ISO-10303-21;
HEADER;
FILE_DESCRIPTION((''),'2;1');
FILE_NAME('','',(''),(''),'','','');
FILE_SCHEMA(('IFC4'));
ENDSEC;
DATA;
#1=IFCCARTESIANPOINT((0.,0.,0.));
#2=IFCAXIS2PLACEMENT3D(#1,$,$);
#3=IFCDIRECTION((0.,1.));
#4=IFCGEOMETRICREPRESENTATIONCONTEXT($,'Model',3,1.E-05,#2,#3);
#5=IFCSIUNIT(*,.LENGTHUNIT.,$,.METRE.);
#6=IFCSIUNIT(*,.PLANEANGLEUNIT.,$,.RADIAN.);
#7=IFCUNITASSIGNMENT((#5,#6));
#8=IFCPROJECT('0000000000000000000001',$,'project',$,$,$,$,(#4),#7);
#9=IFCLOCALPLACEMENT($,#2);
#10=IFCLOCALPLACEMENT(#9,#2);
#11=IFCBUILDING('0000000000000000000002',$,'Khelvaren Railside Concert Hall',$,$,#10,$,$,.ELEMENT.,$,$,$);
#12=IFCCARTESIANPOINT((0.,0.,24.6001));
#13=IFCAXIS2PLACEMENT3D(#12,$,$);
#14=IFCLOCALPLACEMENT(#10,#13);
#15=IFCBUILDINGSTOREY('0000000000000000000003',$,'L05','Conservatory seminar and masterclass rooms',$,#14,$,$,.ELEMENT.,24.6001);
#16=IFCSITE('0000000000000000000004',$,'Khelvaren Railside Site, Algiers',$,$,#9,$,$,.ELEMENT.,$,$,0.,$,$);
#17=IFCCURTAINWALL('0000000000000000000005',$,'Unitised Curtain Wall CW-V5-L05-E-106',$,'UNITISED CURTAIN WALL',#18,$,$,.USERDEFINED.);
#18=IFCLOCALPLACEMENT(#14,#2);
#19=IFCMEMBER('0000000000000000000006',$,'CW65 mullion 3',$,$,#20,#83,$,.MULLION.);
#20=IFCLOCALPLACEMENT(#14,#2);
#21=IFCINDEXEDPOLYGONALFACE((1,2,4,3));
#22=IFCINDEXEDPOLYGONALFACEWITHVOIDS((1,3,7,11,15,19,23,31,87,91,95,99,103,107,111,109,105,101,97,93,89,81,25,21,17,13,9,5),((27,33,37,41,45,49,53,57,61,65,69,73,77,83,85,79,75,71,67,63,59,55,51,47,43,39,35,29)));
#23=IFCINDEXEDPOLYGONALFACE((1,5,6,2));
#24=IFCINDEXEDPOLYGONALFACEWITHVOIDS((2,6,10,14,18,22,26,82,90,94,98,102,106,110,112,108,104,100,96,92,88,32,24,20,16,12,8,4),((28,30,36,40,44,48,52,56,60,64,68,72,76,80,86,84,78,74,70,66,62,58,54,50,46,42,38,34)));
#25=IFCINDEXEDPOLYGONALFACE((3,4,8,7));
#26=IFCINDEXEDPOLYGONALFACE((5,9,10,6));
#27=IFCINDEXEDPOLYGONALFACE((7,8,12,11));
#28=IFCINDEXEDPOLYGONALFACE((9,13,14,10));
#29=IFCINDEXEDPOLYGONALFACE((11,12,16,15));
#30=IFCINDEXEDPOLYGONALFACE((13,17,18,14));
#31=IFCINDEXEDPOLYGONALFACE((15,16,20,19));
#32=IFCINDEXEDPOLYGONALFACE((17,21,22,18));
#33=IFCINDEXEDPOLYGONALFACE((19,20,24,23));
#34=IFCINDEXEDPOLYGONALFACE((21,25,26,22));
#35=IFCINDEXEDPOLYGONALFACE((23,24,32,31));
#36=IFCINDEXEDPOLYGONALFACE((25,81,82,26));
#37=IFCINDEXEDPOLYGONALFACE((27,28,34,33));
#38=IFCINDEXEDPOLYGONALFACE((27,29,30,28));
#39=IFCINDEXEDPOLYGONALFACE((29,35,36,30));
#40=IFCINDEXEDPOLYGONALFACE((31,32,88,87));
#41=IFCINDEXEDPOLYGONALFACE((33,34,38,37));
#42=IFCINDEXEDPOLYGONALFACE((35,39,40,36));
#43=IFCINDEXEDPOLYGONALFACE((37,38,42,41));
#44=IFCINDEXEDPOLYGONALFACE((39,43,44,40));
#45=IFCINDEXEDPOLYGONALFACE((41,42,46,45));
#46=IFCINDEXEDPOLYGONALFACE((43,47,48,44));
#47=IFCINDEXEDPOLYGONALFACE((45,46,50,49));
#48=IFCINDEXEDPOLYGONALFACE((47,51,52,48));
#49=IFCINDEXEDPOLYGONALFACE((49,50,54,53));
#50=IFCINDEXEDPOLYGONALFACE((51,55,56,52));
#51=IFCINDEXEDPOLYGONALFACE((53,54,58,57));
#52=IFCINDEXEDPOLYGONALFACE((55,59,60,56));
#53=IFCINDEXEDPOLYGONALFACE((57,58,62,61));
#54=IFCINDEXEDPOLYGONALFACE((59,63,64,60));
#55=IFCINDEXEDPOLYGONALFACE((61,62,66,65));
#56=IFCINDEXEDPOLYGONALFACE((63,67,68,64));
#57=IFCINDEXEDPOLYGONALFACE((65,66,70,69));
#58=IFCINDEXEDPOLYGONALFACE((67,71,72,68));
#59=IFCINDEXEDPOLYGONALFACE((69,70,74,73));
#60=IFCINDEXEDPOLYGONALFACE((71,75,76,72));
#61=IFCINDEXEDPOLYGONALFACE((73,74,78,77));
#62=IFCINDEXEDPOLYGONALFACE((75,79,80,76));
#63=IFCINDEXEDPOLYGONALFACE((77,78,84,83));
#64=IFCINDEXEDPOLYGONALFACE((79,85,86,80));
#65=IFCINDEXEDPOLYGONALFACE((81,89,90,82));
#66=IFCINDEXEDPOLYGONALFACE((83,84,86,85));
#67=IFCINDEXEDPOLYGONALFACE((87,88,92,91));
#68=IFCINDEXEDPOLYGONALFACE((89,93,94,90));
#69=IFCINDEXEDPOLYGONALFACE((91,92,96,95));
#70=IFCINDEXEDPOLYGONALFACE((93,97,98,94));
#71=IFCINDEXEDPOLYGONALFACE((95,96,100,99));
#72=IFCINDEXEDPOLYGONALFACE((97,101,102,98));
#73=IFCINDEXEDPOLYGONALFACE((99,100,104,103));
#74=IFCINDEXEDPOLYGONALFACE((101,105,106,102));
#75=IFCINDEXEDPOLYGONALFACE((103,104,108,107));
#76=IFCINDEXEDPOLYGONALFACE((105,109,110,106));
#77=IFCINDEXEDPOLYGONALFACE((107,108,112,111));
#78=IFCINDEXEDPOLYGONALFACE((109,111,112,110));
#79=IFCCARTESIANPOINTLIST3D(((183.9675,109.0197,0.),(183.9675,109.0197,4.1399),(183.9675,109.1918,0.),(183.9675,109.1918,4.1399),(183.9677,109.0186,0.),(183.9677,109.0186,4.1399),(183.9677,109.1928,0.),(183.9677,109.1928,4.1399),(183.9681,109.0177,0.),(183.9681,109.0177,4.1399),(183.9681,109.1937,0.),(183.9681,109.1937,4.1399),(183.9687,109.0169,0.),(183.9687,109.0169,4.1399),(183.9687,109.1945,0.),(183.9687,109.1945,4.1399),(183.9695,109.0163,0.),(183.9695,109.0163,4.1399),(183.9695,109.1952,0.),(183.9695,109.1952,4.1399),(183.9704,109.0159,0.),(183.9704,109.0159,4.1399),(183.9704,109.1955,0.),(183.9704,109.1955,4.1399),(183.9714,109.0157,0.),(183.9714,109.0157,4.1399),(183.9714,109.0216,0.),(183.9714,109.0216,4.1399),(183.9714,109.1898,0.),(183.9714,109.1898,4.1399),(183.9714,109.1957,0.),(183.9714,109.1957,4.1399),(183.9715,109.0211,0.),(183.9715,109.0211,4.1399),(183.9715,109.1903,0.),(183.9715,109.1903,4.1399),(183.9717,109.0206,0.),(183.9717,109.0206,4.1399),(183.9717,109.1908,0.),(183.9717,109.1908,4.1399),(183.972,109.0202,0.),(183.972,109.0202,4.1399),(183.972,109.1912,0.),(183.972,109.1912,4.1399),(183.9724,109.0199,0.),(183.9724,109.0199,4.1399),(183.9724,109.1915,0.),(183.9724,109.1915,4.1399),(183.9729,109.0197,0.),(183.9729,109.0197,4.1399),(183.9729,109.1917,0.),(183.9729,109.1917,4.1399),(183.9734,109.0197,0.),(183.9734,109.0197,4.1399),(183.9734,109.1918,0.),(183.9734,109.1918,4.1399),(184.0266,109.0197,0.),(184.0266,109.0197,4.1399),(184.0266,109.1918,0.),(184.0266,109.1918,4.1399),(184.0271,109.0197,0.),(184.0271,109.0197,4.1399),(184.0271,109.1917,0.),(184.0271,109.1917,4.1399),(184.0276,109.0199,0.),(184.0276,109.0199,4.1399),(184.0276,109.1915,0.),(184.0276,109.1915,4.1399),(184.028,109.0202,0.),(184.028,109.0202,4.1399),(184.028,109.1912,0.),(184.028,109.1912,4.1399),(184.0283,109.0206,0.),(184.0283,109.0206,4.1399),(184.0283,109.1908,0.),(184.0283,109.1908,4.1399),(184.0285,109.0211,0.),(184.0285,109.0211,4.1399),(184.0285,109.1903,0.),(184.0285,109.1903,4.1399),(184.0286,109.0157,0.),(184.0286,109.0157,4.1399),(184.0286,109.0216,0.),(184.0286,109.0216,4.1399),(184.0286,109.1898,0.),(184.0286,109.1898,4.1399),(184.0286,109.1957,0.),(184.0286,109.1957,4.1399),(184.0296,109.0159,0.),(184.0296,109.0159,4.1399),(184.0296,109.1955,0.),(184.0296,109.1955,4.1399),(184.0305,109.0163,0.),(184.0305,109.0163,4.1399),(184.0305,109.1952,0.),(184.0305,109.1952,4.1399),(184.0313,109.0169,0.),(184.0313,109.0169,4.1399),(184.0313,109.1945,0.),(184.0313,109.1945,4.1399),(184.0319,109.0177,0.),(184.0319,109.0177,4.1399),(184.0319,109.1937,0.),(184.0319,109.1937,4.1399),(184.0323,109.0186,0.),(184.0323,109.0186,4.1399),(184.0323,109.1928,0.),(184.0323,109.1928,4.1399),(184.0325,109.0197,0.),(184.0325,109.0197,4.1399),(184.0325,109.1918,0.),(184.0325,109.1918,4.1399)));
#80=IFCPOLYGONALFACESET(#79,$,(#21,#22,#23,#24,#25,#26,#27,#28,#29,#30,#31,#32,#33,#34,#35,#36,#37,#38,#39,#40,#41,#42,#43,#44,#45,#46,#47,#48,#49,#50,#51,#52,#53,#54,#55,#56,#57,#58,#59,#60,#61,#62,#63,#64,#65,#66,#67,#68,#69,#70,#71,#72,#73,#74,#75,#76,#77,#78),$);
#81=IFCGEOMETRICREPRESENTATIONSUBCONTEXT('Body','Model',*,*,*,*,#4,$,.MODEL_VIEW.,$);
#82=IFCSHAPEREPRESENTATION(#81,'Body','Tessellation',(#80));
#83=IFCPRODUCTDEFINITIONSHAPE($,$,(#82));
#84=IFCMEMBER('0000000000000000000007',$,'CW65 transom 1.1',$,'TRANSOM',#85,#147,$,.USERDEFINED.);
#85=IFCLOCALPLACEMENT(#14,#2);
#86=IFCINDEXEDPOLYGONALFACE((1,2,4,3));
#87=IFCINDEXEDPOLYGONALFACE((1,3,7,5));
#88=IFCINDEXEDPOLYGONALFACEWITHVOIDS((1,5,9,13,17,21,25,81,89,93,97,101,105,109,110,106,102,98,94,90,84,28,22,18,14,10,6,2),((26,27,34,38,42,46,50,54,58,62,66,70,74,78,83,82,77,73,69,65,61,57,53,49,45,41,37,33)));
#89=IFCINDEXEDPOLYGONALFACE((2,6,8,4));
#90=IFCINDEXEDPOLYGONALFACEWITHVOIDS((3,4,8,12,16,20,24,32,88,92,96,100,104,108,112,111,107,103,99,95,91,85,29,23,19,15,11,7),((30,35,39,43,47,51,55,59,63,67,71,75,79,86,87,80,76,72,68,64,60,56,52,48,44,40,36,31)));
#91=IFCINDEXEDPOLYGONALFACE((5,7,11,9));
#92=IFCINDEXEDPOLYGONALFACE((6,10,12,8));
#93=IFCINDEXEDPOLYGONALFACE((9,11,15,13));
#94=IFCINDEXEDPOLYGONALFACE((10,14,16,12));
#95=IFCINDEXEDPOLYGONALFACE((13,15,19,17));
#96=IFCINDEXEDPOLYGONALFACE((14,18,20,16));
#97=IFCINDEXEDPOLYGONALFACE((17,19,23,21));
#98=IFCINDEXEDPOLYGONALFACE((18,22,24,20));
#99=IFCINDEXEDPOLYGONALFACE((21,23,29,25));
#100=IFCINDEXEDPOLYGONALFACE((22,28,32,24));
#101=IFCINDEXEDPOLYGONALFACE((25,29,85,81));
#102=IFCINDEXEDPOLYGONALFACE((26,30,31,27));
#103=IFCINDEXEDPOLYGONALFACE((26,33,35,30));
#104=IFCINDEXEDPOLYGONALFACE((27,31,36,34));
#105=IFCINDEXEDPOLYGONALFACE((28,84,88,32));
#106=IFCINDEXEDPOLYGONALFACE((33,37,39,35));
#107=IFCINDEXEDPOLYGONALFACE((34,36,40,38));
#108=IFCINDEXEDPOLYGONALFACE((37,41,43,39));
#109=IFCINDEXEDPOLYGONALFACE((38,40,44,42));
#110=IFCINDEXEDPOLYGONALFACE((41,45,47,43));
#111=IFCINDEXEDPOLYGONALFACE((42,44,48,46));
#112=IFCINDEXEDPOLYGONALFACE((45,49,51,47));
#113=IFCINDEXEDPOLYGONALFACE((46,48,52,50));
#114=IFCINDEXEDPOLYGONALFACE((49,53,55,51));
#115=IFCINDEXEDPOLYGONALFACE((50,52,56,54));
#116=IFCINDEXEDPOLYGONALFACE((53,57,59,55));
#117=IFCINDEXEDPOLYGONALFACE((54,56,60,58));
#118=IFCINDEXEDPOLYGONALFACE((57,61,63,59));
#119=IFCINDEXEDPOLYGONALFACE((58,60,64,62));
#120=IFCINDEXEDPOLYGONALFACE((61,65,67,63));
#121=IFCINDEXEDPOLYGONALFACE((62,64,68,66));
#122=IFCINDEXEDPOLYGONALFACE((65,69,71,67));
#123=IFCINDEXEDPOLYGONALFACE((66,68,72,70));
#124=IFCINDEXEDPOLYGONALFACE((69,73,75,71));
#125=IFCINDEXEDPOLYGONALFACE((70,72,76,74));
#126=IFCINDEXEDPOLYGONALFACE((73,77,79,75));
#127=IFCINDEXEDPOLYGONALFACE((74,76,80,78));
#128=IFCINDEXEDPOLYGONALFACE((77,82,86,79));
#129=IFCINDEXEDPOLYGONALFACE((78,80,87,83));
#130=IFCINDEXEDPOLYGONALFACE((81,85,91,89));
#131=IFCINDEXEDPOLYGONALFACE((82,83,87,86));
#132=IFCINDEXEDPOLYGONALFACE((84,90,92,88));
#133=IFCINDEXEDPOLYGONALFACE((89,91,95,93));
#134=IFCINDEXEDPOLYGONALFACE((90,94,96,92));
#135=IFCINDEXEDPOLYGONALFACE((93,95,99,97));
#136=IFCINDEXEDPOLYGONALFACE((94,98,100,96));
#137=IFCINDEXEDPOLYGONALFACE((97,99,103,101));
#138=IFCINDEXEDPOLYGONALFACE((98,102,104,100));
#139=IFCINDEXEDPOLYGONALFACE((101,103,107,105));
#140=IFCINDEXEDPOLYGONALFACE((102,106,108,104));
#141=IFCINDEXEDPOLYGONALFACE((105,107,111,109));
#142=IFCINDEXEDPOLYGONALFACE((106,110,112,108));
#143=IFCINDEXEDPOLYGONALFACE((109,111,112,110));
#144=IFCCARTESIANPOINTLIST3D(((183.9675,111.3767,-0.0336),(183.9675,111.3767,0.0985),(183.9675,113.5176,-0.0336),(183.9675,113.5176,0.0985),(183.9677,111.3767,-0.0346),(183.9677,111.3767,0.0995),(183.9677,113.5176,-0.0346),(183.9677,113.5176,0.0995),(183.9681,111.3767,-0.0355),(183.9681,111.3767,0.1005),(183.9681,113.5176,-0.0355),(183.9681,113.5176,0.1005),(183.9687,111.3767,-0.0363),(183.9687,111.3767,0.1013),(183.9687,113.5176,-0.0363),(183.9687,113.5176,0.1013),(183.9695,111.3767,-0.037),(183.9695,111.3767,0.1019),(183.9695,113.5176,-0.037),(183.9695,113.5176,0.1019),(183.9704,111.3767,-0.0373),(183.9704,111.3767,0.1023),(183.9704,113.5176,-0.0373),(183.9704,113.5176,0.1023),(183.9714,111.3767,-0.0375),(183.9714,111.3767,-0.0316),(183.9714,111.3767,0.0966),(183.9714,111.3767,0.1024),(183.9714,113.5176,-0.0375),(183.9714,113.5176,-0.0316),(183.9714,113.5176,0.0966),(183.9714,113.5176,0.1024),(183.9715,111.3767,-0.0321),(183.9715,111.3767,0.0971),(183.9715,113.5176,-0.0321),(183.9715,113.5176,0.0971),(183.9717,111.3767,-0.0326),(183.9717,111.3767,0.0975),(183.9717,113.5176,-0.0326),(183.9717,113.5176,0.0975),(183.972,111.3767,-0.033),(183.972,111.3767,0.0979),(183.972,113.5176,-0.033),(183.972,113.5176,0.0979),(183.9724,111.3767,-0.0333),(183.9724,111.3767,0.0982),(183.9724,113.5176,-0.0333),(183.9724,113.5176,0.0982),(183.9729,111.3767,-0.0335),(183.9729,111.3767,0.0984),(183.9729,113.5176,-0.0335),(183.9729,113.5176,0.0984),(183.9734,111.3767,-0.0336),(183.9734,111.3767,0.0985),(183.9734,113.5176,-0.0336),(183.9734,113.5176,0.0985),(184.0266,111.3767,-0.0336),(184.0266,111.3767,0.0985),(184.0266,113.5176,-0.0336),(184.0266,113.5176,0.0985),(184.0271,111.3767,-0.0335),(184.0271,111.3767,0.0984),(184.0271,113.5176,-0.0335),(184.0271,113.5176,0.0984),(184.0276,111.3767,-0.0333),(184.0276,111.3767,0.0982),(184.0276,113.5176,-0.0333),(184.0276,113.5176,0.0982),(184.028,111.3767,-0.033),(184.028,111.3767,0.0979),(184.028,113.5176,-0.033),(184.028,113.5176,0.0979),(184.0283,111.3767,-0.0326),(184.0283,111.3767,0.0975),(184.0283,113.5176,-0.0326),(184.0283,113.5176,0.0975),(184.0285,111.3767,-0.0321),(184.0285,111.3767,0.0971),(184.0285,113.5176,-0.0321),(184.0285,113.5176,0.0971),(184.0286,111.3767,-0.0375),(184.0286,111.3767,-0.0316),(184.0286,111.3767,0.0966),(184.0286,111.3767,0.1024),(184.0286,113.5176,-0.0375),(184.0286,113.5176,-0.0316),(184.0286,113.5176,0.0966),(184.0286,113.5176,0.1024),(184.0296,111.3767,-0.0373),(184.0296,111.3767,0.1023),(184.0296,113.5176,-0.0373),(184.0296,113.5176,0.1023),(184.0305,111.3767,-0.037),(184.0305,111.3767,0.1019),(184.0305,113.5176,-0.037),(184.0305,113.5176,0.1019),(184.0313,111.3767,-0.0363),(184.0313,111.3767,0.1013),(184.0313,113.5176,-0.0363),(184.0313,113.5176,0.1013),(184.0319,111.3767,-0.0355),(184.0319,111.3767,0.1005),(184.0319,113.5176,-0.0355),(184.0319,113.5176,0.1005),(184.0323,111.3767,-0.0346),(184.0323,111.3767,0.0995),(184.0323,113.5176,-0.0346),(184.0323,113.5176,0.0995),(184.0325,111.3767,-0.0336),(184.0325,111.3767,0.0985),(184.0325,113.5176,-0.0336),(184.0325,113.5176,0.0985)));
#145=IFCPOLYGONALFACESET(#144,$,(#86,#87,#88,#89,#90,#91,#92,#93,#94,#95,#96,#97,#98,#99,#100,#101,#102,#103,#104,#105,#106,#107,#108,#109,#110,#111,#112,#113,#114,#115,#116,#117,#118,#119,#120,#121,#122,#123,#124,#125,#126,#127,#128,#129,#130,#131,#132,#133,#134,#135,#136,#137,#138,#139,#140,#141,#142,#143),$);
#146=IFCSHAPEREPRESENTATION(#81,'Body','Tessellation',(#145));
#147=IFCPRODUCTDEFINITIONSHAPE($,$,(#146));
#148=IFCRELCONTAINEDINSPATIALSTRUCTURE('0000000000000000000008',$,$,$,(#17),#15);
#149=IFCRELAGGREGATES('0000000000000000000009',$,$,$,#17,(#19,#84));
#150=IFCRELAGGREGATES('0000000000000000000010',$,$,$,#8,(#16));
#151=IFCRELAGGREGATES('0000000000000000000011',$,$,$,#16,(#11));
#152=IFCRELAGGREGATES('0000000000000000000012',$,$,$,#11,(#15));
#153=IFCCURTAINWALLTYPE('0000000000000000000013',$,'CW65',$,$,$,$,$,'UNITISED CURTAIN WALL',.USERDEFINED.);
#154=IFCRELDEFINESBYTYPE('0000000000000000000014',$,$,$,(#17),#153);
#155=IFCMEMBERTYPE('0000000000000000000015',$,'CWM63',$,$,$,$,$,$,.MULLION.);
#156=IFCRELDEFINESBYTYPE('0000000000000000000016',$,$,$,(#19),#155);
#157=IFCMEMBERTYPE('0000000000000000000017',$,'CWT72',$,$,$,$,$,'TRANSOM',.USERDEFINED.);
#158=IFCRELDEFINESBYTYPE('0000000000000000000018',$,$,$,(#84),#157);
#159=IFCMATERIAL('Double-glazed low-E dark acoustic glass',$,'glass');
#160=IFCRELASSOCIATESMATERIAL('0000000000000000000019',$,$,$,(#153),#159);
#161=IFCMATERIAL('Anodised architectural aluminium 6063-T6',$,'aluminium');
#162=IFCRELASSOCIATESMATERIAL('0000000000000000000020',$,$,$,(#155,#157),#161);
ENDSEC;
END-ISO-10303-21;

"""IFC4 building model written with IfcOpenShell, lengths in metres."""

from ifc_helpers import new_model, si_unit, direction, frame, origin, origin_2d, place, context, subcontext, project, spatial, hollow_rectangle, extrude, material, material_profile, profile_set, type_object, element, aggregate, save


model = new_model("IFC4")

# Units and contexts
model_context = context("Model", 3, precision=1e-05, world=origin(), true_north=direction((0.0, 1.0)))
body_context = subcontext(model_context, "Body", "Model", "MODEL_VIEW")
ifc_project = project(units=[si_unit("LENGTHUNIT", "METRE"), si_unit("PLANEANGLEUNIT", "RADIAN")], contexts=[model_context])

# Site, building, storey
site_placement = place(None, origin())
site = spatial("IfcSite", under=ifc_project, at=site_placement, Name="Khelvaren Railside Site, Algiers", CompositionType="ELEMENT", RefElevation=0.0)
building_placement = place(site_placement, origin())
building = spatial("IfcBuilding", under=site, at=building_placement, Name="Khelvaren Railside Concert Hall", CompositionType="ELEMENT")
storey_placement = place(building_placement, frame((0.0, 0.0, 24.6001)))
storey = spatial("IfcBuildingStorey", under=building, at=storey_placement, Name="L05", Description="Conservatory seminar and masterclass rooms", CompositionType="ELEMENT", Elevation=24.6001)

# Curtain wall, members
ifc_material_1 = material(Name="Double-glazed low-E dark acoustic glass", Category="glass")
curtain_wall_type = type_object("IfcCurtainWallType", Name="CW65", ElementType="UNITISED CURTAIN WALL", PredefinedType="USERDEFINED", material=ifc_material_1)
curtain_wall_placement = place(storey_placement, origin())
curtain_wall = element("IfcCurtainWall", 1, at=curtain_wall_placement, inside=storey, type_object=curtain_wall_type, Name="Unitised Curtain Wall CW-V5-L05-E-106", ObjectType="UNITISED CURTAIN WALL", PredefinedType="USERDEFINED")
ifc_material_2 = material(Name="Anodised architectural aluminium 6063-T6", Category="aluminium")
ifc_material_profile_1 = material_profile(ifc_material_2, hollow_rectangle(XDim=0.0649, YDim=0.1799, WallThickness=0.0039, InnerFilletRadius=0.002, OuterFilletRadius=0.0039, at=origin_2d()), Name="CWM 65x180x4")
ifc_profile_set_1 = profile_set([ifc_material_profile_1], Name="Anodised architectural aluminium 6063-T6")
member_type_1 = type_object("IfcMemberType", Name="CWM63", PredefinedType="MULLION", material=ifc_profile_set_1)
member_1_placement = place(storey_placement, frame((184.0, 109.1057, 0.0), z_axis=(0.0, 0.0, 1.0), x_axis=(1.0, 0.0, 0.0)))
member_1 = element("IfcMember", 2, at=member_1_placement, type_object=member_type_1, Name="CW65 mullion 3", PredefinedType="MULLION", context=body_context, shape_type="SweptSolid", body=[
    extrude(hollow_rectangle(XDim=0.0649, YDim=0.1799, WallThickness=0.0039, InnerFilletRadius=0.002, OuterFilletRadius=0.0039, at=origin_2d()), origin(), (0.0, 0.0, 1.0), 4.1399),
])
ifc_material_profile_2 = material_profile(ifc_material_2, hollow_rectangle(XDim=0.0649, YDim=0.1399, WallThickness=0.0039, InnerFilletRadius=0.002, OuterFilletRadius=0.0039, at=origin_2d()), Name="CWT 65x140x4")
ifc_profile_set_2 = profile_set([ifc_material_profile_2], Name="Anodised architectural aluminium 6063-T6")
member_type_2 = type_object("IfcMemberType", Name="CWT72", ElementType="TRANSOM", PredefinedType="USERDEFINED", material=ifc_profile_set_2)
member_2_placement = place(storey_placement, frame((184.0, 113.5176, 0.0325), z_axis=(0.0, -1.0, 0.0), x_axis=(1.0, 0.0, 0.0)))
member_2 = element("IfcMember", 3, at=member_2_placement, type_object=member_type_2, Name="CW65 transom 1.1", ObjectType="TRANSOM", PredefinedType="USERDEFINED", context=body_context, shape_type="SweptSolid", body=[
    extrude(hollow_rectangle(XDim=0.0649, YDim=0.1399, WallThickness=0.0039, InnerFilletRadius=0.002, OuterFilletRadius=0.0039, at=origin_2d()), origin(), (0.0, 0.0, 1.0), 2.1409),
])
aggregate(curtain_wall, [member_1, member_2])

save(model, "model.ifc")
